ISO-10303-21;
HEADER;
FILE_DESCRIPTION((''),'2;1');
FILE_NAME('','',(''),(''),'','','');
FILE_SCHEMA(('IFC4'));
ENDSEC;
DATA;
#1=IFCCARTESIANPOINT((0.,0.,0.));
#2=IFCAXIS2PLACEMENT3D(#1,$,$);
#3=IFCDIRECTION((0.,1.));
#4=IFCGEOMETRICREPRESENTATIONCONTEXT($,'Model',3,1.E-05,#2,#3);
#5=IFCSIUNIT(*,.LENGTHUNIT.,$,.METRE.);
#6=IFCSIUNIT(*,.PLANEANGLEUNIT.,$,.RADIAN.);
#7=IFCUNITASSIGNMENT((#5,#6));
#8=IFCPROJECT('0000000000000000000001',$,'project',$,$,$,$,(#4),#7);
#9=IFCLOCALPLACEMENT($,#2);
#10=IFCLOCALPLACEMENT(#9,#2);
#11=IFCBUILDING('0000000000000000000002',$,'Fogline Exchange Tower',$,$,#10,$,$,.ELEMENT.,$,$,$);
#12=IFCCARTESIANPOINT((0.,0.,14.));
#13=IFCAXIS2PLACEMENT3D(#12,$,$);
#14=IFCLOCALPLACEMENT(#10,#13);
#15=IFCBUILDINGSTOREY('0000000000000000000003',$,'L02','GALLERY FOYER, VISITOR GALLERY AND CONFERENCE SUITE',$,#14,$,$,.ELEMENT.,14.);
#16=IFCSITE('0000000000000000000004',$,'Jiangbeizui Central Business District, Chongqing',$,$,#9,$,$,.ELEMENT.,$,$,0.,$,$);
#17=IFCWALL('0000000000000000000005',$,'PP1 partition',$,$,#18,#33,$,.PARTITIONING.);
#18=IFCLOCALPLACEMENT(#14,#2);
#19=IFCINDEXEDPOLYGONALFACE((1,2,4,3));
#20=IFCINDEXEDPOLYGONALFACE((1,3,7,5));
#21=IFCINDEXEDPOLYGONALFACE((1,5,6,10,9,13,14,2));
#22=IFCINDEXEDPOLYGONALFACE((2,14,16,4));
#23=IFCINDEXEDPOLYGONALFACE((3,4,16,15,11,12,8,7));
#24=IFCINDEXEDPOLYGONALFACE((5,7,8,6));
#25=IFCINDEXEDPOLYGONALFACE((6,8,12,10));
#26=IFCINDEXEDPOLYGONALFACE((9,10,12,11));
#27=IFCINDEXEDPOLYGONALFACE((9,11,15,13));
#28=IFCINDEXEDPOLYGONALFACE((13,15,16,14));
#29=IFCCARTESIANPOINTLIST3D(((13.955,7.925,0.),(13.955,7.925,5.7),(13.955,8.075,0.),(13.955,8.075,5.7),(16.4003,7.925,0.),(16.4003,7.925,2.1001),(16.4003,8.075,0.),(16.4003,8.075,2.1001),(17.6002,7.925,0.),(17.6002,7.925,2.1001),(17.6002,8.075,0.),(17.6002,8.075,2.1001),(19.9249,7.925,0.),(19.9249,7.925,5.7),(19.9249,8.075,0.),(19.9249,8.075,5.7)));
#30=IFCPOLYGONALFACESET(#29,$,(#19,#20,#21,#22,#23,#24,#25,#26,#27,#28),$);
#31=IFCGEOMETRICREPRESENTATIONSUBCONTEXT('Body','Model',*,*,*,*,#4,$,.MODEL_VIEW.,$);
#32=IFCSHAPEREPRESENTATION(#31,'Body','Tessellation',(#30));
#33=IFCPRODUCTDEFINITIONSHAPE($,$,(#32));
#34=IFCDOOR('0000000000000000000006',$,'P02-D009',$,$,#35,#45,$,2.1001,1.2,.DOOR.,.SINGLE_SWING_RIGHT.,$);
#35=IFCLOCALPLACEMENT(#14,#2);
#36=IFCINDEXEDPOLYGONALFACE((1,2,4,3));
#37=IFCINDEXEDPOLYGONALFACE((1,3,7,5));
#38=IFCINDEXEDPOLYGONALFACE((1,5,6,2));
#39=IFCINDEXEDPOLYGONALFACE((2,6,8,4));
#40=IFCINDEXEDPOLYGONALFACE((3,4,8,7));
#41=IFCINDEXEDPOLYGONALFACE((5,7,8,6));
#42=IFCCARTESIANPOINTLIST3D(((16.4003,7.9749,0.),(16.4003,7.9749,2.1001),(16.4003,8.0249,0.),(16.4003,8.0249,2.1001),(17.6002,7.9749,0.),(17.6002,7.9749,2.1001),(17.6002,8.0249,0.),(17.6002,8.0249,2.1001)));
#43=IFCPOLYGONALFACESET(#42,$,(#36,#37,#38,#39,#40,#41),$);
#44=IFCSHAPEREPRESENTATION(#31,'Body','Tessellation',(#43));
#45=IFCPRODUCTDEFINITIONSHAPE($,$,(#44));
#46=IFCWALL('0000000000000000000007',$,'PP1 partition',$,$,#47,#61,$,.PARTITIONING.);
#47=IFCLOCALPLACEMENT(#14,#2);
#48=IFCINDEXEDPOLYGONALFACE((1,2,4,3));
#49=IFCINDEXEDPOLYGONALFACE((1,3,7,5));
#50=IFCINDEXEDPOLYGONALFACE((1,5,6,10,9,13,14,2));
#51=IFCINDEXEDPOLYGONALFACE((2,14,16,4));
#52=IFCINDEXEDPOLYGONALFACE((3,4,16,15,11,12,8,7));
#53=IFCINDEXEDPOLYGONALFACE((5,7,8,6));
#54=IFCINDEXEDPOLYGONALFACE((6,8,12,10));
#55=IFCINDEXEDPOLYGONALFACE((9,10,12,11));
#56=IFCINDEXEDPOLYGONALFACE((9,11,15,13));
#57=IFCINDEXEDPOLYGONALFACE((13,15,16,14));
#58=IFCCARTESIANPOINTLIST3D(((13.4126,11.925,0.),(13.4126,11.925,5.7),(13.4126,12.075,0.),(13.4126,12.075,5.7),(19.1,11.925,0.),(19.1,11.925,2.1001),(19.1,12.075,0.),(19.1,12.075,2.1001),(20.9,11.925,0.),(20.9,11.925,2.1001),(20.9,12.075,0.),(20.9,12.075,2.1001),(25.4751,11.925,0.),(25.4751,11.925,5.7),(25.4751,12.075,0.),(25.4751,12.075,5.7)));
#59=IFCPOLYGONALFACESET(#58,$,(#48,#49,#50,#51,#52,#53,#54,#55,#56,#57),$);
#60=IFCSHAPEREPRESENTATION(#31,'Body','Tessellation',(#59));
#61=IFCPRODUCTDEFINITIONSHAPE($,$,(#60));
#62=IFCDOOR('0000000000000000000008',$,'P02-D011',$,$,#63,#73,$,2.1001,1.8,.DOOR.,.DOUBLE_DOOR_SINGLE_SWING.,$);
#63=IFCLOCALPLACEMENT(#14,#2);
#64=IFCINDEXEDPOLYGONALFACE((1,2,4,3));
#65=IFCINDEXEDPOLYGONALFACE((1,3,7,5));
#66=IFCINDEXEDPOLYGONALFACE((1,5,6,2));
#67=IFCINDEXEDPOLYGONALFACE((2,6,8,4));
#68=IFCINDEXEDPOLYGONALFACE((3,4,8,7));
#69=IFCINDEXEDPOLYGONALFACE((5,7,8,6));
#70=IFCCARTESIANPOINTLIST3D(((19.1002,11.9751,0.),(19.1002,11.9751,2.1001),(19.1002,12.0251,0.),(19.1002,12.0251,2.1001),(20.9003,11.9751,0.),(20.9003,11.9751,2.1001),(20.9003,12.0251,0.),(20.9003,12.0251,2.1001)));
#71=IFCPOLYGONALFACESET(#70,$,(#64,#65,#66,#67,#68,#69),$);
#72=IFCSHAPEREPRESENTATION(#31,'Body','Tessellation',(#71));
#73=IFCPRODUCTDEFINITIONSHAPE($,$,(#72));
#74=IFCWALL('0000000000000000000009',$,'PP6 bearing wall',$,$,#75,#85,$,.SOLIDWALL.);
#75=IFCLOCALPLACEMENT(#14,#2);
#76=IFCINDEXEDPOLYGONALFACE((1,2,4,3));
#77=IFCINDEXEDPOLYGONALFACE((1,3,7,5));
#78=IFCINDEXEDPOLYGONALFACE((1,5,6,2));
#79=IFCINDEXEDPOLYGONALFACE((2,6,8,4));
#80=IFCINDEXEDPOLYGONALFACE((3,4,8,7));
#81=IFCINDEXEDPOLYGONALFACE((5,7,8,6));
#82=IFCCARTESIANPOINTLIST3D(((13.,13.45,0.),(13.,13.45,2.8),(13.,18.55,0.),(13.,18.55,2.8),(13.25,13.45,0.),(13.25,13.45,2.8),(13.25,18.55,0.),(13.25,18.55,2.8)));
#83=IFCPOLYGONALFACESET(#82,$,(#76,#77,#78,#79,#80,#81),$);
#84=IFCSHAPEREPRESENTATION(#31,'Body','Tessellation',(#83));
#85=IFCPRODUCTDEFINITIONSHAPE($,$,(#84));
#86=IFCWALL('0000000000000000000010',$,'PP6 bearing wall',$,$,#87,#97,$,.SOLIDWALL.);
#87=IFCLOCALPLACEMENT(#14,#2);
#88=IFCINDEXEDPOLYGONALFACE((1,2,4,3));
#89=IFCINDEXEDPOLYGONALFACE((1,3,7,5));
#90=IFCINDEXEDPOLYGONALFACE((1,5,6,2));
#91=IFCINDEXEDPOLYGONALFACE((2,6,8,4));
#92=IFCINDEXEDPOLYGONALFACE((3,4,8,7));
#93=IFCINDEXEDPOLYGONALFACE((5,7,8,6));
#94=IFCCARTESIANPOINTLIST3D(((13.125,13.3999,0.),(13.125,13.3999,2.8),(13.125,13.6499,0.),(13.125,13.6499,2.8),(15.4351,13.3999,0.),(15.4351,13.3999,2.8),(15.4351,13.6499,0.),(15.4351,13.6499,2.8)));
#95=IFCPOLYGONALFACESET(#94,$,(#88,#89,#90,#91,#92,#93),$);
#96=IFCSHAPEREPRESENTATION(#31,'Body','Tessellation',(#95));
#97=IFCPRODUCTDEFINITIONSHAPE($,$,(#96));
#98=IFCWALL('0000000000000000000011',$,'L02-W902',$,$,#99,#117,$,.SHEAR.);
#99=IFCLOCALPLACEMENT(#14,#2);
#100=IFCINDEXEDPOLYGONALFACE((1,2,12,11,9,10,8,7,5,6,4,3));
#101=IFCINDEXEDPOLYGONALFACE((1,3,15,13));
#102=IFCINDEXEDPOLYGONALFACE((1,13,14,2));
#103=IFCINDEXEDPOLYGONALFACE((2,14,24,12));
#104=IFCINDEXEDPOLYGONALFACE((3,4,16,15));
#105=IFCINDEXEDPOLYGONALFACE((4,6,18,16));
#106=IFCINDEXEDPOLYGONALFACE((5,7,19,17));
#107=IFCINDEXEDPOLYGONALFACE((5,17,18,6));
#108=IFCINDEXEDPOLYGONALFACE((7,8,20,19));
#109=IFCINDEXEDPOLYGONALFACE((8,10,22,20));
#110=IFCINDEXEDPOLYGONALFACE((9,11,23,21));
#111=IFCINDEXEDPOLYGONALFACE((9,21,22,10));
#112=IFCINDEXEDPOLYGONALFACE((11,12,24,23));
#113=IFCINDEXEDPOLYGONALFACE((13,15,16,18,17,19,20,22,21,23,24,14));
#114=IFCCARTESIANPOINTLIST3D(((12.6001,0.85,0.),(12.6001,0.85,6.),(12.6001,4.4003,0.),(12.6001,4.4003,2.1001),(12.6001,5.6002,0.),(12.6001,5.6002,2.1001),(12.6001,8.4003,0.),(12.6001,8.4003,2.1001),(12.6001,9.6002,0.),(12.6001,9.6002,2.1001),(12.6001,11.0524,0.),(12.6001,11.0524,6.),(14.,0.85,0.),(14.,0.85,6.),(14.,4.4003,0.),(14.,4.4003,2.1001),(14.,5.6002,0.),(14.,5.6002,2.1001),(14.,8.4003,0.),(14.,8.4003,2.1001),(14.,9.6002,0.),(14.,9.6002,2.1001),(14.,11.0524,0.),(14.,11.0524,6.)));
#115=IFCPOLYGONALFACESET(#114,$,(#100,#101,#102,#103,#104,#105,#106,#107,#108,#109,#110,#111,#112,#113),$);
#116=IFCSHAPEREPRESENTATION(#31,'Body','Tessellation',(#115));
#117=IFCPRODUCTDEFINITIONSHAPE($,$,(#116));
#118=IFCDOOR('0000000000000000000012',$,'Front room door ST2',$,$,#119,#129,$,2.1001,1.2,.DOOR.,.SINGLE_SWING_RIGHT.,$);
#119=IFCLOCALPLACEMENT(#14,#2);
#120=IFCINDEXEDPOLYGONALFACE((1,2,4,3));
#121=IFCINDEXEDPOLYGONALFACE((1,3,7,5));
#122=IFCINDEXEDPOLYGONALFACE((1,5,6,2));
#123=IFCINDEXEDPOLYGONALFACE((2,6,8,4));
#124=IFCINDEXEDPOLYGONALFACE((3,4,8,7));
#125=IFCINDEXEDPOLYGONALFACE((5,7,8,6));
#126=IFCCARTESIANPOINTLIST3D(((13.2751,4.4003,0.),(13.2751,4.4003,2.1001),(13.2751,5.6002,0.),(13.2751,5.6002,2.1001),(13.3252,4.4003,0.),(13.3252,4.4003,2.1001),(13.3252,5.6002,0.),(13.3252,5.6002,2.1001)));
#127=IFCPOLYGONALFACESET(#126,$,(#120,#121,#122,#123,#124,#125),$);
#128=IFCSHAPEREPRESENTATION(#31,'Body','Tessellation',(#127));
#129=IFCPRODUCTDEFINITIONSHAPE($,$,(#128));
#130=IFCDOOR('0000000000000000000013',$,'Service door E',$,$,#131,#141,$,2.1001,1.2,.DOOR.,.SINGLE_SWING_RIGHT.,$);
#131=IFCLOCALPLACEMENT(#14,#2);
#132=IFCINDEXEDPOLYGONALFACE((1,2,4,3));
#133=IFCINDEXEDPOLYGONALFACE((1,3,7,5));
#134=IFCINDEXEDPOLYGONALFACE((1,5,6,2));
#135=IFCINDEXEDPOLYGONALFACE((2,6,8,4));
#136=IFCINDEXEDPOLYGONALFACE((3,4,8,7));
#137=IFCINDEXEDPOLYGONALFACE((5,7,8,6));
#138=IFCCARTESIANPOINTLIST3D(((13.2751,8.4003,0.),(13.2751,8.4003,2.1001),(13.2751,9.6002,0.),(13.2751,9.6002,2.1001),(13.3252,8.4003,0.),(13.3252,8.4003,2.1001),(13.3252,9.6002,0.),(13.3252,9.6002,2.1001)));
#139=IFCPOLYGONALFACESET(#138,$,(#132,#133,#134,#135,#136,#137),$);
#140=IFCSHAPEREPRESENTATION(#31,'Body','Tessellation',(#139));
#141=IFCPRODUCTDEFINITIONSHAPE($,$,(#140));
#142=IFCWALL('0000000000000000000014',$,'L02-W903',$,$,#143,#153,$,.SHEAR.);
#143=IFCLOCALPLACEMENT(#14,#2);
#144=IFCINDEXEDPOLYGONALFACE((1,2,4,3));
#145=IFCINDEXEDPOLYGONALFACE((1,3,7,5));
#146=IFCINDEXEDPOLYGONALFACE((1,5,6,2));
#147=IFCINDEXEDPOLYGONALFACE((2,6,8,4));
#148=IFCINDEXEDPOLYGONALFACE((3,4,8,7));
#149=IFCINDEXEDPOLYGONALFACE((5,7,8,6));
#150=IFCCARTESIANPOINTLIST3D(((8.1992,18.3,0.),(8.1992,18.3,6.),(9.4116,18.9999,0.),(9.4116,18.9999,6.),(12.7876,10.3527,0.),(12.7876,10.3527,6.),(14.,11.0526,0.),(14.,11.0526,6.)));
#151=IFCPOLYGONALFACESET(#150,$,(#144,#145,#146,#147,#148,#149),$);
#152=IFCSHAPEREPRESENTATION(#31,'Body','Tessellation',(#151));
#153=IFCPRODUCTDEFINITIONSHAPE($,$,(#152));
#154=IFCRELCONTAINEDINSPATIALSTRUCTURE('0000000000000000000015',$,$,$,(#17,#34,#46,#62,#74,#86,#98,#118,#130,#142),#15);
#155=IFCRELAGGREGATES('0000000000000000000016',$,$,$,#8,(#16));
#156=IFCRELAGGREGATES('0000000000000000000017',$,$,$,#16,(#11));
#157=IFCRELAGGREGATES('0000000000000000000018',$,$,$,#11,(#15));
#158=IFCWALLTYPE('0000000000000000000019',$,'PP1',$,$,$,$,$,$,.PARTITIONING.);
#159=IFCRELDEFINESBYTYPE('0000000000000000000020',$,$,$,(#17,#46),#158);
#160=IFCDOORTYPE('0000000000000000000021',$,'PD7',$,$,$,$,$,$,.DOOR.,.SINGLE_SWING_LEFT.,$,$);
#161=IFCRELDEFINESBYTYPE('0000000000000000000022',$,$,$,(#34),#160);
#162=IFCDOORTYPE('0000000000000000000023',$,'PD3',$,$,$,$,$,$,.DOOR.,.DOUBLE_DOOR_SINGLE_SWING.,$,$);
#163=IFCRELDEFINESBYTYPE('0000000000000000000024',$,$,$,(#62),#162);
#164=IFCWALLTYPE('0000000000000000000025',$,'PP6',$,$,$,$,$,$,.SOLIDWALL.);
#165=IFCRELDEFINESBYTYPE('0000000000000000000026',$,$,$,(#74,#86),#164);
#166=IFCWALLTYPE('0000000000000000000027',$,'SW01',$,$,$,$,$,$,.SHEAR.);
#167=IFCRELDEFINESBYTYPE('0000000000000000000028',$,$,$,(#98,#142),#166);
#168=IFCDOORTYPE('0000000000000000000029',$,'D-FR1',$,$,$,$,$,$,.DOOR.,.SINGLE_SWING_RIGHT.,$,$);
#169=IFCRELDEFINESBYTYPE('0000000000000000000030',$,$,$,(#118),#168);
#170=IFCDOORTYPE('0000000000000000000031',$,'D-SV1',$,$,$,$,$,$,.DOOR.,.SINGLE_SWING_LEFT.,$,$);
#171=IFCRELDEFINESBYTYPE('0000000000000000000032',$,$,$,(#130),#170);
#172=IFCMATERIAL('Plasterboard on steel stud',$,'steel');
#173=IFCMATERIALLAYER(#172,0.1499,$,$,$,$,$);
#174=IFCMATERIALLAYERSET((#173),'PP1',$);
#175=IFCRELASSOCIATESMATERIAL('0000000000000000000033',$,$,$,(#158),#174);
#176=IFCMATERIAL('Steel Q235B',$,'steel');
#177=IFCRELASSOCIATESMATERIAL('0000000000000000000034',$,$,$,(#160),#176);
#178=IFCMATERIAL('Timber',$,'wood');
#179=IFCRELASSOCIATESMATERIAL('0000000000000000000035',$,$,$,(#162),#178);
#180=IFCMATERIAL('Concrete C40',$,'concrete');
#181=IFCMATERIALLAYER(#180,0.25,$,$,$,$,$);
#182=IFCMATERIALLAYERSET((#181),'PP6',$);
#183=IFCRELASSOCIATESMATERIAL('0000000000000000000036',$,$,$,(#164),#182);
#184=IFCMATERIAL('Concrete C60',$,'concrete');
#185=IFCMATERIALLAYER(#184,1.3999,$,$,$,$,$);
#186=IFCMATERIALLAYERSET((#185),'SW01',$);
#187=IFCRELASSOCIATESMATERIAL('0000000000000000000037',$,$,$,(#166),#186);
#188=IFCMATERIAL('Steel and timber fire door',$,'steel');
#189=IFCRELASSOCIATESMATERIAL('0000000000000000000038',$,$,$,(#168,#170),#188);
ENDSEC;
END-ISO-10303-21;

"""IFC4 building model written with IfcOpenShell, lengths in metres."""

from ifc_helpers import new_model, si_unit, direction, frame, frame_2d, origin, place, context, subcontext, project, spatial, rectangle, extrude, material, layer, layer_set, type_object, element, fill, save


model = new_model("IFC4")

# Units and contexts
model_context = context("Model", 3, precision=1e-05, world=origin(), true_north=direction((0.0, 1.0)))
body_context = subcontext(model_context, "Body", "Model", "MODEL_VIEW")
ifc_project = project(units=[si_unit("LENGTHUNIT", "METRE"), si_unit("PLANEANGLEUNIT", "RADIAN")], contexts=[model_context])

# Site, building, storey
site_placement = place(None, origin())
site = spatial("IfcSite", under=ifc_project, at=site_placement, Name="Jiangbeizui Central Business District, Chongqing", CompositionType="ELEMENT", RefElevation=0.0)
building_placement = place(site_placement, origin())
building = spatial("IfcBuilding", under=site, at=building_placement, Name="Fogline Exchange Tower", CompositionType="ELEMENT")
storey_placement = place(building_placement, frame((0.0, 0.0, 14.0)))
storey = spatial("IfcBuildingStorey", under=building, at=storey_placement, Name="L02", Description="GALLERY FOYER, VISITOR GALLERY AND CONFERENCE SUITE", CompositionType="ELEMENT", Elevation=14.0)

# Shared definitions
ifc_material_1 = material(Name="Steel and timber fire door", Category="steel")

# Shared definitions
ifc_material_2 = material(Name="Concrete C40", Category="concrete")

# Walls, openings, doors
ifc_material_3 = material(Name="Plasterboard on steel stud", Category="steel")
ifc_layer_1 = layer(ifc_material_3, 0.1499)
ifc_layer_set_1 = layer_set([ifc_layer_1], Name="PP1")
wall_type_1 = type_object("IfcWallType", Name="PP1", PredefinedType="PARTITIONING", material=ifc_layer_set_1)
wall_1_placement = place(storey_placement, frame((13.9551, 8.0, 0.0), z_axis=(0.0, 0.0, 1.0), x_axis=(1.0, 0.0, 0.0)))
wall_1 = element("IfcWall", 1, at=wall_1_placement, inside=storey, type_object=wall_type_1, Name="PP1 partition", PredefinedType="PARTITIONING", context=body_context, shape_type="SweptSolid", body=[
    extrude(rectangle(XDim=5.97, YDim=0.1499, at=frame_2d((2.9849, 0.0))), origin(), (0.0, 0.0, 1.0), 5.7),
])
opening_1_placement = place(wall_1_placement, frame((2.4451, 0.0, 0.0)))
opening_1 = element("IfcOpeningElement", 2, at=opening_1_placement, cuts=wall_1, PredefinedType="OPENING", context=body_context, shape_type="SweptSolid", body=[
    extrude(rectangle(XDim=1.2, YDim=2.1001, at=frame_2d((0.6001, 1.05))), frame((0.0, 0.085, 0.0), z_axis=(0.0, -1.0, 0.0), x_axis=(1.0, 0.0, 0.0)), (0.0, 0.0, 1.0), 0.1699),
])
ifc_material_4 = material(Name="Steel Q235B", Category="steel")
door_type_1 = type_object("IfcDoorType", Name="PD7", OperationType="SINGLE_SWING_LEFT", PredefinedType="DOOR", material=ifc_material_4)
door_1_placement = place(opening_1_placement, origin())
door_1 = element("IfcDoor", 3, at=door_1_placement, inside=storey, type_object=door_type_1, Name="P02-D009", OperationType="SINGLE_SWING_RIGHT", OverallHeight=2.1001, OverallWidth=1.2, PredefinedType="DOOR", context=body_context, shape_type="SweptSolid", body=[
    extrude(rectangle(XDim=1.2, YDim=2.1001, at=frame_2d((0.6001, 1.05))), frame((0.0, 0.0249, 0.0), z_axis=(0.0, -1.0, 0.0), x_axis=(1.0, 0.0, 0.0)), (0.0, 0.0, 1.0), 0.05),
])
fill(opening_1, door_1)
wall_2_placement = place(storey_placement, frame((13.4126, 12.0, 0.0), z_axis=(0.0, 0.0, 1.0), x_axis=(1.0, 0.0, 0.0)))
wall_2 = element("IfcWall", 4, at=wall_2_placement, inside=storey, type_object=wall_type_1, Name="PP1 partition", PredefinedType="PARTITIONING", context=body_context, shape_type="SweptSolid", body=[
    extrude(rectangle(XDim=12.0625, YDim=0.1499, at=frame_2d((6.0312, 0.0))), origin(), (0.0, 0.0, 1.0), 5.7),
])
opening_2_placement = place(wall_2_placement, frame((5.6875, 0.0, 0.0)))
opening_2 = element("IfcOpeningElement", 5, at=opening_2_placement, cuts=wall_2, PredefinedType="OPENING", context=body_context, shape_type="SweptSolid", body=[
    extrude(rectangle(XDim=1.8, YDim=2.1001, at=frame_2d((0.8999, 1.05))), frame((0.0, 0.085, 0.0), z_axis=(0.0, -1.0, 0.0), x_axis=(1.0, 0.0, 0.0)), (0.0, 0.0, 1.0), 0.1699),
])
ifc_material_5 = material(Name="Timber", Category="wood")
door_type_2 = type_object("IfcDoorType", Name="PD3", OperationType="DOUBLE_DOOR_SINGLE_SWING", PredefinedType="DOOR", material=ifc_material_5)
door_2_placement = place(opening_2_placement, frame((1.8, 0.0, 0.0), z_axis=(0.0, 0.0, 1.0), x_axis=(-1.0, 0.0, 0.0)))
door_2 = element("IfcDoor", 6, at=door_2_placement, inside=storey, type_object=door_type_2, Name="P02-D011", OperationType="DOUBLE_DOOR_SINGLE_SWING", OverallHeight=2.1001, OverallWidth=1.8, PredefinedType="DOOR", context=body_context, shape_type="SweptSolid", body=[
    extrude(rectangle(XDim=1.8, YDim=2.1001, at=frame_2d((0.8999, 1.05))), frame((0.0, 0.0249, 0.0), z_axis=(0.0, -1.0, 0.0), x_axis=(1.0, 0.0, 0.0)), (0.0, 0.0, 1.0), 0.05),
])
fill(opening_2, door_2)

# Walls
ifc_layer_2 = layer(ifc_material_2, 0.25)
ifc_layer_set_2 = layer_set([ifc_layer_2], Name="PP6")
wall_type_2 = type_object("IfcWallType", Name="PP6", PredefinedType="SOLIDWALL", material=ifc_layer_set_2)
wall_3_placement = place(storey_placement, frame((13.125, 13.45, 0.0), z_axis=(0.0, 0.0, 1.0), x_axis=(0.0, 1.0, 0.0)))
element("IfcWall", 7, at=wall_3_placement, inside=storey, type_object=wall_type_2, Name="PP6 bearing wall", PredefinedType="SOLIDWALL", context=body_context, shape_type="SweptSolid", body=[
    extrude(rectangle(XDim=5.1001, YDim=0.25, at=frame_2d((2.55, 0.0))), origin(), (0.0, 0.0, 1.0), 2.8),
])
wall_4_placement = place(storey_placement, frame((13.125, 13.5249, 0.0), z_axis=(0.0, 0.0, 1.0), x_axis=(1.0, 0.0, 0.0)))
element("IfcWall", 8, at=wall_4_placement, inside=storey, type_object=wall_type_2, Name="PP6 bearing wall", PredefinedType="SOLIDWALL", context=body_context, shape_type="SweptSolid", body=[
    extrude(rectangle(XDim=2.3101, YDim=0.25, at=frame_2d((1.155, 0.0))), origin(), (0.0, 0.0, 1.0), 2.8),
])

# Wall, openings, doors
ifc_material_6 = material(Name="Concrete C60", Category="concrete")
ifc_layer_3 = layer(ifc_material_6, 1.3999)
ifc_layer_set_3 = layer_set([ifc_layer_3], Name="SW01")
wall_type_3 = type_object("IfcWallType", Name="SW01", PredefinedType="SHEAR", material=ifc_layer_set_3)
wall_5_placement = place(storey_placement, frame((13.3, 0.8501, 0.0), z_axis=(0.0, 0.0, 1.0), x_axis=(0.0, 1.0, 0.0)))
wall_5 = element("IfcWall", 9, at=wall_5_placement, inside=storey, type_object=wall_type_3, Name="L02-W902", PredefinedType="SHEAR", context=body_context, shape_type="SweptSolid", body=[
    extrude(rectangle(XDim=10.2024, YDim=1.3999, at=frame_2d((5.1011, 0.0))), origin(), (0.0, 0.0, 1.0), 6.0),
])
opening_3_placement = place(wall_5_placement, frame((3.55, 0.0, 0.0)))
opening_3 = element("IfcOpeningElement", 10, at=opening_3_placement, cuts=wall_5, PredefinedType="OPENING", context=body_context, shape_type="SweptSolid", body=[
    extrude(rectangle(XDim=1.2, YDim=2.1001, at=frame_2d((0.6001, 1.05))), frame((0.0, 0.71, 0.0), z_axis=(0.0, -1.0, 0.0), x_axis=(1.0, 0.0, 0.0)), (0.0, 0.0, 1.0), 1.4199),
])
opening_4_placement = place(wall_5_placement, frame((7.55, 0.0, 0.0)))
opening_4 = element("IfcOpeningElement", 11, at=opening_4_placement, cuts=wall_5, PredefinedType="OPENING", context=body_context, shape_type="SweptSolid", body=[
    extrude(rectangle(XDim=1.2, YDim=2.1001, at=frame_2d((0.6001, 1.05))), frame((0.0, 0.71, 0.0), z_axis=(0.0, -1.0, 0.0), x_axis=(1.0, 0.0, 0.0)), (0.0, 0.0, 1.0), 1.4199),
])
door_type_3 = type_object("IfcDoorType", Name="D-FR1", OperationType="SINGLE_SWING_RIGHT", PredefinedType="DOOR", material=ifc_material_1)
door_3_placement = place(opening_3_placement, origin())
door_3 = element("IfcDoor", 12, at=door_3_placement, inside=storey, type_object=door_type_3, Name="Front room door ST2", OperationType="SINGLE_SWING_RIGHT", OverallHeight=2.1001, OverallWidth=1.2, PredefinedType="DOOR", context=body_context, shape_type="SweptSolid", body=[
    extrude(rectangle(XDim=1.2, YDim=2.1001, at=frame_2d((0.6001, 1.05))), frame((0.0, 0.0249, 0.0), z_axis=(0.0, -1.0, 0.0), x_axis=(1.0, 0.0, 0.0)), (0.0, 0.0, 1.0), 0.05),
])
fill(opening_3, door_3)
door_type_4 = type_object("IfcDoorType", Name="D-SV1", OperationType="SINGLE_SWING_LEFT", PredefinedType="DOOR", material=ifc_material_1)
door_4_placement = place(opening_4_placement, origin())
door_4 = element("IfcDoor", 13, at=door_4_placement, inside=storey, type_object=door_type_4, Name="Service door E", OperationType="SINGLE_SWING_RIGHT", OverallHeight=2.1001, OverallWidth=1.2, PredefinedType="DOOR", context=body_context, shape_type="SweptSolid", body=[
    extrude(rectangle(XDim=1.2, YDim=2.1001, at=frame_2d((0.6001, 1.05))), frame((0.0, 0.0249, 0.0), z_axis=(0.0, -1.0, 0.0), x_axis=(1.0, 0.0, 0.0)), (0.0, 0.0, 1.0), 0.05),
])
fill(opening_4, door_4)

# Wall
wall_6_placement = place(storey_placement, frame((13.3938, 10.7026, 0.0), z_axis=(0.0, 0.0, 1.0), x_axis=(-0.500002, 0.866024, 0.0)))
element("IfcWall", 14, at=wall_6_placement, inside=storey, type_object=wall_type_3, Name="L02-W903", PredefinedType="SHEAR", context=body_context, shape_type="SweptSolid", body=[
    extrude(rectangle(XDim=9.1768, YDim=1.3999, at=frame_2d((4.5884, 0.0))), origin(), (0.0, 0.0, 1.0), 6.0),
])

save(model, "model.ifc")
